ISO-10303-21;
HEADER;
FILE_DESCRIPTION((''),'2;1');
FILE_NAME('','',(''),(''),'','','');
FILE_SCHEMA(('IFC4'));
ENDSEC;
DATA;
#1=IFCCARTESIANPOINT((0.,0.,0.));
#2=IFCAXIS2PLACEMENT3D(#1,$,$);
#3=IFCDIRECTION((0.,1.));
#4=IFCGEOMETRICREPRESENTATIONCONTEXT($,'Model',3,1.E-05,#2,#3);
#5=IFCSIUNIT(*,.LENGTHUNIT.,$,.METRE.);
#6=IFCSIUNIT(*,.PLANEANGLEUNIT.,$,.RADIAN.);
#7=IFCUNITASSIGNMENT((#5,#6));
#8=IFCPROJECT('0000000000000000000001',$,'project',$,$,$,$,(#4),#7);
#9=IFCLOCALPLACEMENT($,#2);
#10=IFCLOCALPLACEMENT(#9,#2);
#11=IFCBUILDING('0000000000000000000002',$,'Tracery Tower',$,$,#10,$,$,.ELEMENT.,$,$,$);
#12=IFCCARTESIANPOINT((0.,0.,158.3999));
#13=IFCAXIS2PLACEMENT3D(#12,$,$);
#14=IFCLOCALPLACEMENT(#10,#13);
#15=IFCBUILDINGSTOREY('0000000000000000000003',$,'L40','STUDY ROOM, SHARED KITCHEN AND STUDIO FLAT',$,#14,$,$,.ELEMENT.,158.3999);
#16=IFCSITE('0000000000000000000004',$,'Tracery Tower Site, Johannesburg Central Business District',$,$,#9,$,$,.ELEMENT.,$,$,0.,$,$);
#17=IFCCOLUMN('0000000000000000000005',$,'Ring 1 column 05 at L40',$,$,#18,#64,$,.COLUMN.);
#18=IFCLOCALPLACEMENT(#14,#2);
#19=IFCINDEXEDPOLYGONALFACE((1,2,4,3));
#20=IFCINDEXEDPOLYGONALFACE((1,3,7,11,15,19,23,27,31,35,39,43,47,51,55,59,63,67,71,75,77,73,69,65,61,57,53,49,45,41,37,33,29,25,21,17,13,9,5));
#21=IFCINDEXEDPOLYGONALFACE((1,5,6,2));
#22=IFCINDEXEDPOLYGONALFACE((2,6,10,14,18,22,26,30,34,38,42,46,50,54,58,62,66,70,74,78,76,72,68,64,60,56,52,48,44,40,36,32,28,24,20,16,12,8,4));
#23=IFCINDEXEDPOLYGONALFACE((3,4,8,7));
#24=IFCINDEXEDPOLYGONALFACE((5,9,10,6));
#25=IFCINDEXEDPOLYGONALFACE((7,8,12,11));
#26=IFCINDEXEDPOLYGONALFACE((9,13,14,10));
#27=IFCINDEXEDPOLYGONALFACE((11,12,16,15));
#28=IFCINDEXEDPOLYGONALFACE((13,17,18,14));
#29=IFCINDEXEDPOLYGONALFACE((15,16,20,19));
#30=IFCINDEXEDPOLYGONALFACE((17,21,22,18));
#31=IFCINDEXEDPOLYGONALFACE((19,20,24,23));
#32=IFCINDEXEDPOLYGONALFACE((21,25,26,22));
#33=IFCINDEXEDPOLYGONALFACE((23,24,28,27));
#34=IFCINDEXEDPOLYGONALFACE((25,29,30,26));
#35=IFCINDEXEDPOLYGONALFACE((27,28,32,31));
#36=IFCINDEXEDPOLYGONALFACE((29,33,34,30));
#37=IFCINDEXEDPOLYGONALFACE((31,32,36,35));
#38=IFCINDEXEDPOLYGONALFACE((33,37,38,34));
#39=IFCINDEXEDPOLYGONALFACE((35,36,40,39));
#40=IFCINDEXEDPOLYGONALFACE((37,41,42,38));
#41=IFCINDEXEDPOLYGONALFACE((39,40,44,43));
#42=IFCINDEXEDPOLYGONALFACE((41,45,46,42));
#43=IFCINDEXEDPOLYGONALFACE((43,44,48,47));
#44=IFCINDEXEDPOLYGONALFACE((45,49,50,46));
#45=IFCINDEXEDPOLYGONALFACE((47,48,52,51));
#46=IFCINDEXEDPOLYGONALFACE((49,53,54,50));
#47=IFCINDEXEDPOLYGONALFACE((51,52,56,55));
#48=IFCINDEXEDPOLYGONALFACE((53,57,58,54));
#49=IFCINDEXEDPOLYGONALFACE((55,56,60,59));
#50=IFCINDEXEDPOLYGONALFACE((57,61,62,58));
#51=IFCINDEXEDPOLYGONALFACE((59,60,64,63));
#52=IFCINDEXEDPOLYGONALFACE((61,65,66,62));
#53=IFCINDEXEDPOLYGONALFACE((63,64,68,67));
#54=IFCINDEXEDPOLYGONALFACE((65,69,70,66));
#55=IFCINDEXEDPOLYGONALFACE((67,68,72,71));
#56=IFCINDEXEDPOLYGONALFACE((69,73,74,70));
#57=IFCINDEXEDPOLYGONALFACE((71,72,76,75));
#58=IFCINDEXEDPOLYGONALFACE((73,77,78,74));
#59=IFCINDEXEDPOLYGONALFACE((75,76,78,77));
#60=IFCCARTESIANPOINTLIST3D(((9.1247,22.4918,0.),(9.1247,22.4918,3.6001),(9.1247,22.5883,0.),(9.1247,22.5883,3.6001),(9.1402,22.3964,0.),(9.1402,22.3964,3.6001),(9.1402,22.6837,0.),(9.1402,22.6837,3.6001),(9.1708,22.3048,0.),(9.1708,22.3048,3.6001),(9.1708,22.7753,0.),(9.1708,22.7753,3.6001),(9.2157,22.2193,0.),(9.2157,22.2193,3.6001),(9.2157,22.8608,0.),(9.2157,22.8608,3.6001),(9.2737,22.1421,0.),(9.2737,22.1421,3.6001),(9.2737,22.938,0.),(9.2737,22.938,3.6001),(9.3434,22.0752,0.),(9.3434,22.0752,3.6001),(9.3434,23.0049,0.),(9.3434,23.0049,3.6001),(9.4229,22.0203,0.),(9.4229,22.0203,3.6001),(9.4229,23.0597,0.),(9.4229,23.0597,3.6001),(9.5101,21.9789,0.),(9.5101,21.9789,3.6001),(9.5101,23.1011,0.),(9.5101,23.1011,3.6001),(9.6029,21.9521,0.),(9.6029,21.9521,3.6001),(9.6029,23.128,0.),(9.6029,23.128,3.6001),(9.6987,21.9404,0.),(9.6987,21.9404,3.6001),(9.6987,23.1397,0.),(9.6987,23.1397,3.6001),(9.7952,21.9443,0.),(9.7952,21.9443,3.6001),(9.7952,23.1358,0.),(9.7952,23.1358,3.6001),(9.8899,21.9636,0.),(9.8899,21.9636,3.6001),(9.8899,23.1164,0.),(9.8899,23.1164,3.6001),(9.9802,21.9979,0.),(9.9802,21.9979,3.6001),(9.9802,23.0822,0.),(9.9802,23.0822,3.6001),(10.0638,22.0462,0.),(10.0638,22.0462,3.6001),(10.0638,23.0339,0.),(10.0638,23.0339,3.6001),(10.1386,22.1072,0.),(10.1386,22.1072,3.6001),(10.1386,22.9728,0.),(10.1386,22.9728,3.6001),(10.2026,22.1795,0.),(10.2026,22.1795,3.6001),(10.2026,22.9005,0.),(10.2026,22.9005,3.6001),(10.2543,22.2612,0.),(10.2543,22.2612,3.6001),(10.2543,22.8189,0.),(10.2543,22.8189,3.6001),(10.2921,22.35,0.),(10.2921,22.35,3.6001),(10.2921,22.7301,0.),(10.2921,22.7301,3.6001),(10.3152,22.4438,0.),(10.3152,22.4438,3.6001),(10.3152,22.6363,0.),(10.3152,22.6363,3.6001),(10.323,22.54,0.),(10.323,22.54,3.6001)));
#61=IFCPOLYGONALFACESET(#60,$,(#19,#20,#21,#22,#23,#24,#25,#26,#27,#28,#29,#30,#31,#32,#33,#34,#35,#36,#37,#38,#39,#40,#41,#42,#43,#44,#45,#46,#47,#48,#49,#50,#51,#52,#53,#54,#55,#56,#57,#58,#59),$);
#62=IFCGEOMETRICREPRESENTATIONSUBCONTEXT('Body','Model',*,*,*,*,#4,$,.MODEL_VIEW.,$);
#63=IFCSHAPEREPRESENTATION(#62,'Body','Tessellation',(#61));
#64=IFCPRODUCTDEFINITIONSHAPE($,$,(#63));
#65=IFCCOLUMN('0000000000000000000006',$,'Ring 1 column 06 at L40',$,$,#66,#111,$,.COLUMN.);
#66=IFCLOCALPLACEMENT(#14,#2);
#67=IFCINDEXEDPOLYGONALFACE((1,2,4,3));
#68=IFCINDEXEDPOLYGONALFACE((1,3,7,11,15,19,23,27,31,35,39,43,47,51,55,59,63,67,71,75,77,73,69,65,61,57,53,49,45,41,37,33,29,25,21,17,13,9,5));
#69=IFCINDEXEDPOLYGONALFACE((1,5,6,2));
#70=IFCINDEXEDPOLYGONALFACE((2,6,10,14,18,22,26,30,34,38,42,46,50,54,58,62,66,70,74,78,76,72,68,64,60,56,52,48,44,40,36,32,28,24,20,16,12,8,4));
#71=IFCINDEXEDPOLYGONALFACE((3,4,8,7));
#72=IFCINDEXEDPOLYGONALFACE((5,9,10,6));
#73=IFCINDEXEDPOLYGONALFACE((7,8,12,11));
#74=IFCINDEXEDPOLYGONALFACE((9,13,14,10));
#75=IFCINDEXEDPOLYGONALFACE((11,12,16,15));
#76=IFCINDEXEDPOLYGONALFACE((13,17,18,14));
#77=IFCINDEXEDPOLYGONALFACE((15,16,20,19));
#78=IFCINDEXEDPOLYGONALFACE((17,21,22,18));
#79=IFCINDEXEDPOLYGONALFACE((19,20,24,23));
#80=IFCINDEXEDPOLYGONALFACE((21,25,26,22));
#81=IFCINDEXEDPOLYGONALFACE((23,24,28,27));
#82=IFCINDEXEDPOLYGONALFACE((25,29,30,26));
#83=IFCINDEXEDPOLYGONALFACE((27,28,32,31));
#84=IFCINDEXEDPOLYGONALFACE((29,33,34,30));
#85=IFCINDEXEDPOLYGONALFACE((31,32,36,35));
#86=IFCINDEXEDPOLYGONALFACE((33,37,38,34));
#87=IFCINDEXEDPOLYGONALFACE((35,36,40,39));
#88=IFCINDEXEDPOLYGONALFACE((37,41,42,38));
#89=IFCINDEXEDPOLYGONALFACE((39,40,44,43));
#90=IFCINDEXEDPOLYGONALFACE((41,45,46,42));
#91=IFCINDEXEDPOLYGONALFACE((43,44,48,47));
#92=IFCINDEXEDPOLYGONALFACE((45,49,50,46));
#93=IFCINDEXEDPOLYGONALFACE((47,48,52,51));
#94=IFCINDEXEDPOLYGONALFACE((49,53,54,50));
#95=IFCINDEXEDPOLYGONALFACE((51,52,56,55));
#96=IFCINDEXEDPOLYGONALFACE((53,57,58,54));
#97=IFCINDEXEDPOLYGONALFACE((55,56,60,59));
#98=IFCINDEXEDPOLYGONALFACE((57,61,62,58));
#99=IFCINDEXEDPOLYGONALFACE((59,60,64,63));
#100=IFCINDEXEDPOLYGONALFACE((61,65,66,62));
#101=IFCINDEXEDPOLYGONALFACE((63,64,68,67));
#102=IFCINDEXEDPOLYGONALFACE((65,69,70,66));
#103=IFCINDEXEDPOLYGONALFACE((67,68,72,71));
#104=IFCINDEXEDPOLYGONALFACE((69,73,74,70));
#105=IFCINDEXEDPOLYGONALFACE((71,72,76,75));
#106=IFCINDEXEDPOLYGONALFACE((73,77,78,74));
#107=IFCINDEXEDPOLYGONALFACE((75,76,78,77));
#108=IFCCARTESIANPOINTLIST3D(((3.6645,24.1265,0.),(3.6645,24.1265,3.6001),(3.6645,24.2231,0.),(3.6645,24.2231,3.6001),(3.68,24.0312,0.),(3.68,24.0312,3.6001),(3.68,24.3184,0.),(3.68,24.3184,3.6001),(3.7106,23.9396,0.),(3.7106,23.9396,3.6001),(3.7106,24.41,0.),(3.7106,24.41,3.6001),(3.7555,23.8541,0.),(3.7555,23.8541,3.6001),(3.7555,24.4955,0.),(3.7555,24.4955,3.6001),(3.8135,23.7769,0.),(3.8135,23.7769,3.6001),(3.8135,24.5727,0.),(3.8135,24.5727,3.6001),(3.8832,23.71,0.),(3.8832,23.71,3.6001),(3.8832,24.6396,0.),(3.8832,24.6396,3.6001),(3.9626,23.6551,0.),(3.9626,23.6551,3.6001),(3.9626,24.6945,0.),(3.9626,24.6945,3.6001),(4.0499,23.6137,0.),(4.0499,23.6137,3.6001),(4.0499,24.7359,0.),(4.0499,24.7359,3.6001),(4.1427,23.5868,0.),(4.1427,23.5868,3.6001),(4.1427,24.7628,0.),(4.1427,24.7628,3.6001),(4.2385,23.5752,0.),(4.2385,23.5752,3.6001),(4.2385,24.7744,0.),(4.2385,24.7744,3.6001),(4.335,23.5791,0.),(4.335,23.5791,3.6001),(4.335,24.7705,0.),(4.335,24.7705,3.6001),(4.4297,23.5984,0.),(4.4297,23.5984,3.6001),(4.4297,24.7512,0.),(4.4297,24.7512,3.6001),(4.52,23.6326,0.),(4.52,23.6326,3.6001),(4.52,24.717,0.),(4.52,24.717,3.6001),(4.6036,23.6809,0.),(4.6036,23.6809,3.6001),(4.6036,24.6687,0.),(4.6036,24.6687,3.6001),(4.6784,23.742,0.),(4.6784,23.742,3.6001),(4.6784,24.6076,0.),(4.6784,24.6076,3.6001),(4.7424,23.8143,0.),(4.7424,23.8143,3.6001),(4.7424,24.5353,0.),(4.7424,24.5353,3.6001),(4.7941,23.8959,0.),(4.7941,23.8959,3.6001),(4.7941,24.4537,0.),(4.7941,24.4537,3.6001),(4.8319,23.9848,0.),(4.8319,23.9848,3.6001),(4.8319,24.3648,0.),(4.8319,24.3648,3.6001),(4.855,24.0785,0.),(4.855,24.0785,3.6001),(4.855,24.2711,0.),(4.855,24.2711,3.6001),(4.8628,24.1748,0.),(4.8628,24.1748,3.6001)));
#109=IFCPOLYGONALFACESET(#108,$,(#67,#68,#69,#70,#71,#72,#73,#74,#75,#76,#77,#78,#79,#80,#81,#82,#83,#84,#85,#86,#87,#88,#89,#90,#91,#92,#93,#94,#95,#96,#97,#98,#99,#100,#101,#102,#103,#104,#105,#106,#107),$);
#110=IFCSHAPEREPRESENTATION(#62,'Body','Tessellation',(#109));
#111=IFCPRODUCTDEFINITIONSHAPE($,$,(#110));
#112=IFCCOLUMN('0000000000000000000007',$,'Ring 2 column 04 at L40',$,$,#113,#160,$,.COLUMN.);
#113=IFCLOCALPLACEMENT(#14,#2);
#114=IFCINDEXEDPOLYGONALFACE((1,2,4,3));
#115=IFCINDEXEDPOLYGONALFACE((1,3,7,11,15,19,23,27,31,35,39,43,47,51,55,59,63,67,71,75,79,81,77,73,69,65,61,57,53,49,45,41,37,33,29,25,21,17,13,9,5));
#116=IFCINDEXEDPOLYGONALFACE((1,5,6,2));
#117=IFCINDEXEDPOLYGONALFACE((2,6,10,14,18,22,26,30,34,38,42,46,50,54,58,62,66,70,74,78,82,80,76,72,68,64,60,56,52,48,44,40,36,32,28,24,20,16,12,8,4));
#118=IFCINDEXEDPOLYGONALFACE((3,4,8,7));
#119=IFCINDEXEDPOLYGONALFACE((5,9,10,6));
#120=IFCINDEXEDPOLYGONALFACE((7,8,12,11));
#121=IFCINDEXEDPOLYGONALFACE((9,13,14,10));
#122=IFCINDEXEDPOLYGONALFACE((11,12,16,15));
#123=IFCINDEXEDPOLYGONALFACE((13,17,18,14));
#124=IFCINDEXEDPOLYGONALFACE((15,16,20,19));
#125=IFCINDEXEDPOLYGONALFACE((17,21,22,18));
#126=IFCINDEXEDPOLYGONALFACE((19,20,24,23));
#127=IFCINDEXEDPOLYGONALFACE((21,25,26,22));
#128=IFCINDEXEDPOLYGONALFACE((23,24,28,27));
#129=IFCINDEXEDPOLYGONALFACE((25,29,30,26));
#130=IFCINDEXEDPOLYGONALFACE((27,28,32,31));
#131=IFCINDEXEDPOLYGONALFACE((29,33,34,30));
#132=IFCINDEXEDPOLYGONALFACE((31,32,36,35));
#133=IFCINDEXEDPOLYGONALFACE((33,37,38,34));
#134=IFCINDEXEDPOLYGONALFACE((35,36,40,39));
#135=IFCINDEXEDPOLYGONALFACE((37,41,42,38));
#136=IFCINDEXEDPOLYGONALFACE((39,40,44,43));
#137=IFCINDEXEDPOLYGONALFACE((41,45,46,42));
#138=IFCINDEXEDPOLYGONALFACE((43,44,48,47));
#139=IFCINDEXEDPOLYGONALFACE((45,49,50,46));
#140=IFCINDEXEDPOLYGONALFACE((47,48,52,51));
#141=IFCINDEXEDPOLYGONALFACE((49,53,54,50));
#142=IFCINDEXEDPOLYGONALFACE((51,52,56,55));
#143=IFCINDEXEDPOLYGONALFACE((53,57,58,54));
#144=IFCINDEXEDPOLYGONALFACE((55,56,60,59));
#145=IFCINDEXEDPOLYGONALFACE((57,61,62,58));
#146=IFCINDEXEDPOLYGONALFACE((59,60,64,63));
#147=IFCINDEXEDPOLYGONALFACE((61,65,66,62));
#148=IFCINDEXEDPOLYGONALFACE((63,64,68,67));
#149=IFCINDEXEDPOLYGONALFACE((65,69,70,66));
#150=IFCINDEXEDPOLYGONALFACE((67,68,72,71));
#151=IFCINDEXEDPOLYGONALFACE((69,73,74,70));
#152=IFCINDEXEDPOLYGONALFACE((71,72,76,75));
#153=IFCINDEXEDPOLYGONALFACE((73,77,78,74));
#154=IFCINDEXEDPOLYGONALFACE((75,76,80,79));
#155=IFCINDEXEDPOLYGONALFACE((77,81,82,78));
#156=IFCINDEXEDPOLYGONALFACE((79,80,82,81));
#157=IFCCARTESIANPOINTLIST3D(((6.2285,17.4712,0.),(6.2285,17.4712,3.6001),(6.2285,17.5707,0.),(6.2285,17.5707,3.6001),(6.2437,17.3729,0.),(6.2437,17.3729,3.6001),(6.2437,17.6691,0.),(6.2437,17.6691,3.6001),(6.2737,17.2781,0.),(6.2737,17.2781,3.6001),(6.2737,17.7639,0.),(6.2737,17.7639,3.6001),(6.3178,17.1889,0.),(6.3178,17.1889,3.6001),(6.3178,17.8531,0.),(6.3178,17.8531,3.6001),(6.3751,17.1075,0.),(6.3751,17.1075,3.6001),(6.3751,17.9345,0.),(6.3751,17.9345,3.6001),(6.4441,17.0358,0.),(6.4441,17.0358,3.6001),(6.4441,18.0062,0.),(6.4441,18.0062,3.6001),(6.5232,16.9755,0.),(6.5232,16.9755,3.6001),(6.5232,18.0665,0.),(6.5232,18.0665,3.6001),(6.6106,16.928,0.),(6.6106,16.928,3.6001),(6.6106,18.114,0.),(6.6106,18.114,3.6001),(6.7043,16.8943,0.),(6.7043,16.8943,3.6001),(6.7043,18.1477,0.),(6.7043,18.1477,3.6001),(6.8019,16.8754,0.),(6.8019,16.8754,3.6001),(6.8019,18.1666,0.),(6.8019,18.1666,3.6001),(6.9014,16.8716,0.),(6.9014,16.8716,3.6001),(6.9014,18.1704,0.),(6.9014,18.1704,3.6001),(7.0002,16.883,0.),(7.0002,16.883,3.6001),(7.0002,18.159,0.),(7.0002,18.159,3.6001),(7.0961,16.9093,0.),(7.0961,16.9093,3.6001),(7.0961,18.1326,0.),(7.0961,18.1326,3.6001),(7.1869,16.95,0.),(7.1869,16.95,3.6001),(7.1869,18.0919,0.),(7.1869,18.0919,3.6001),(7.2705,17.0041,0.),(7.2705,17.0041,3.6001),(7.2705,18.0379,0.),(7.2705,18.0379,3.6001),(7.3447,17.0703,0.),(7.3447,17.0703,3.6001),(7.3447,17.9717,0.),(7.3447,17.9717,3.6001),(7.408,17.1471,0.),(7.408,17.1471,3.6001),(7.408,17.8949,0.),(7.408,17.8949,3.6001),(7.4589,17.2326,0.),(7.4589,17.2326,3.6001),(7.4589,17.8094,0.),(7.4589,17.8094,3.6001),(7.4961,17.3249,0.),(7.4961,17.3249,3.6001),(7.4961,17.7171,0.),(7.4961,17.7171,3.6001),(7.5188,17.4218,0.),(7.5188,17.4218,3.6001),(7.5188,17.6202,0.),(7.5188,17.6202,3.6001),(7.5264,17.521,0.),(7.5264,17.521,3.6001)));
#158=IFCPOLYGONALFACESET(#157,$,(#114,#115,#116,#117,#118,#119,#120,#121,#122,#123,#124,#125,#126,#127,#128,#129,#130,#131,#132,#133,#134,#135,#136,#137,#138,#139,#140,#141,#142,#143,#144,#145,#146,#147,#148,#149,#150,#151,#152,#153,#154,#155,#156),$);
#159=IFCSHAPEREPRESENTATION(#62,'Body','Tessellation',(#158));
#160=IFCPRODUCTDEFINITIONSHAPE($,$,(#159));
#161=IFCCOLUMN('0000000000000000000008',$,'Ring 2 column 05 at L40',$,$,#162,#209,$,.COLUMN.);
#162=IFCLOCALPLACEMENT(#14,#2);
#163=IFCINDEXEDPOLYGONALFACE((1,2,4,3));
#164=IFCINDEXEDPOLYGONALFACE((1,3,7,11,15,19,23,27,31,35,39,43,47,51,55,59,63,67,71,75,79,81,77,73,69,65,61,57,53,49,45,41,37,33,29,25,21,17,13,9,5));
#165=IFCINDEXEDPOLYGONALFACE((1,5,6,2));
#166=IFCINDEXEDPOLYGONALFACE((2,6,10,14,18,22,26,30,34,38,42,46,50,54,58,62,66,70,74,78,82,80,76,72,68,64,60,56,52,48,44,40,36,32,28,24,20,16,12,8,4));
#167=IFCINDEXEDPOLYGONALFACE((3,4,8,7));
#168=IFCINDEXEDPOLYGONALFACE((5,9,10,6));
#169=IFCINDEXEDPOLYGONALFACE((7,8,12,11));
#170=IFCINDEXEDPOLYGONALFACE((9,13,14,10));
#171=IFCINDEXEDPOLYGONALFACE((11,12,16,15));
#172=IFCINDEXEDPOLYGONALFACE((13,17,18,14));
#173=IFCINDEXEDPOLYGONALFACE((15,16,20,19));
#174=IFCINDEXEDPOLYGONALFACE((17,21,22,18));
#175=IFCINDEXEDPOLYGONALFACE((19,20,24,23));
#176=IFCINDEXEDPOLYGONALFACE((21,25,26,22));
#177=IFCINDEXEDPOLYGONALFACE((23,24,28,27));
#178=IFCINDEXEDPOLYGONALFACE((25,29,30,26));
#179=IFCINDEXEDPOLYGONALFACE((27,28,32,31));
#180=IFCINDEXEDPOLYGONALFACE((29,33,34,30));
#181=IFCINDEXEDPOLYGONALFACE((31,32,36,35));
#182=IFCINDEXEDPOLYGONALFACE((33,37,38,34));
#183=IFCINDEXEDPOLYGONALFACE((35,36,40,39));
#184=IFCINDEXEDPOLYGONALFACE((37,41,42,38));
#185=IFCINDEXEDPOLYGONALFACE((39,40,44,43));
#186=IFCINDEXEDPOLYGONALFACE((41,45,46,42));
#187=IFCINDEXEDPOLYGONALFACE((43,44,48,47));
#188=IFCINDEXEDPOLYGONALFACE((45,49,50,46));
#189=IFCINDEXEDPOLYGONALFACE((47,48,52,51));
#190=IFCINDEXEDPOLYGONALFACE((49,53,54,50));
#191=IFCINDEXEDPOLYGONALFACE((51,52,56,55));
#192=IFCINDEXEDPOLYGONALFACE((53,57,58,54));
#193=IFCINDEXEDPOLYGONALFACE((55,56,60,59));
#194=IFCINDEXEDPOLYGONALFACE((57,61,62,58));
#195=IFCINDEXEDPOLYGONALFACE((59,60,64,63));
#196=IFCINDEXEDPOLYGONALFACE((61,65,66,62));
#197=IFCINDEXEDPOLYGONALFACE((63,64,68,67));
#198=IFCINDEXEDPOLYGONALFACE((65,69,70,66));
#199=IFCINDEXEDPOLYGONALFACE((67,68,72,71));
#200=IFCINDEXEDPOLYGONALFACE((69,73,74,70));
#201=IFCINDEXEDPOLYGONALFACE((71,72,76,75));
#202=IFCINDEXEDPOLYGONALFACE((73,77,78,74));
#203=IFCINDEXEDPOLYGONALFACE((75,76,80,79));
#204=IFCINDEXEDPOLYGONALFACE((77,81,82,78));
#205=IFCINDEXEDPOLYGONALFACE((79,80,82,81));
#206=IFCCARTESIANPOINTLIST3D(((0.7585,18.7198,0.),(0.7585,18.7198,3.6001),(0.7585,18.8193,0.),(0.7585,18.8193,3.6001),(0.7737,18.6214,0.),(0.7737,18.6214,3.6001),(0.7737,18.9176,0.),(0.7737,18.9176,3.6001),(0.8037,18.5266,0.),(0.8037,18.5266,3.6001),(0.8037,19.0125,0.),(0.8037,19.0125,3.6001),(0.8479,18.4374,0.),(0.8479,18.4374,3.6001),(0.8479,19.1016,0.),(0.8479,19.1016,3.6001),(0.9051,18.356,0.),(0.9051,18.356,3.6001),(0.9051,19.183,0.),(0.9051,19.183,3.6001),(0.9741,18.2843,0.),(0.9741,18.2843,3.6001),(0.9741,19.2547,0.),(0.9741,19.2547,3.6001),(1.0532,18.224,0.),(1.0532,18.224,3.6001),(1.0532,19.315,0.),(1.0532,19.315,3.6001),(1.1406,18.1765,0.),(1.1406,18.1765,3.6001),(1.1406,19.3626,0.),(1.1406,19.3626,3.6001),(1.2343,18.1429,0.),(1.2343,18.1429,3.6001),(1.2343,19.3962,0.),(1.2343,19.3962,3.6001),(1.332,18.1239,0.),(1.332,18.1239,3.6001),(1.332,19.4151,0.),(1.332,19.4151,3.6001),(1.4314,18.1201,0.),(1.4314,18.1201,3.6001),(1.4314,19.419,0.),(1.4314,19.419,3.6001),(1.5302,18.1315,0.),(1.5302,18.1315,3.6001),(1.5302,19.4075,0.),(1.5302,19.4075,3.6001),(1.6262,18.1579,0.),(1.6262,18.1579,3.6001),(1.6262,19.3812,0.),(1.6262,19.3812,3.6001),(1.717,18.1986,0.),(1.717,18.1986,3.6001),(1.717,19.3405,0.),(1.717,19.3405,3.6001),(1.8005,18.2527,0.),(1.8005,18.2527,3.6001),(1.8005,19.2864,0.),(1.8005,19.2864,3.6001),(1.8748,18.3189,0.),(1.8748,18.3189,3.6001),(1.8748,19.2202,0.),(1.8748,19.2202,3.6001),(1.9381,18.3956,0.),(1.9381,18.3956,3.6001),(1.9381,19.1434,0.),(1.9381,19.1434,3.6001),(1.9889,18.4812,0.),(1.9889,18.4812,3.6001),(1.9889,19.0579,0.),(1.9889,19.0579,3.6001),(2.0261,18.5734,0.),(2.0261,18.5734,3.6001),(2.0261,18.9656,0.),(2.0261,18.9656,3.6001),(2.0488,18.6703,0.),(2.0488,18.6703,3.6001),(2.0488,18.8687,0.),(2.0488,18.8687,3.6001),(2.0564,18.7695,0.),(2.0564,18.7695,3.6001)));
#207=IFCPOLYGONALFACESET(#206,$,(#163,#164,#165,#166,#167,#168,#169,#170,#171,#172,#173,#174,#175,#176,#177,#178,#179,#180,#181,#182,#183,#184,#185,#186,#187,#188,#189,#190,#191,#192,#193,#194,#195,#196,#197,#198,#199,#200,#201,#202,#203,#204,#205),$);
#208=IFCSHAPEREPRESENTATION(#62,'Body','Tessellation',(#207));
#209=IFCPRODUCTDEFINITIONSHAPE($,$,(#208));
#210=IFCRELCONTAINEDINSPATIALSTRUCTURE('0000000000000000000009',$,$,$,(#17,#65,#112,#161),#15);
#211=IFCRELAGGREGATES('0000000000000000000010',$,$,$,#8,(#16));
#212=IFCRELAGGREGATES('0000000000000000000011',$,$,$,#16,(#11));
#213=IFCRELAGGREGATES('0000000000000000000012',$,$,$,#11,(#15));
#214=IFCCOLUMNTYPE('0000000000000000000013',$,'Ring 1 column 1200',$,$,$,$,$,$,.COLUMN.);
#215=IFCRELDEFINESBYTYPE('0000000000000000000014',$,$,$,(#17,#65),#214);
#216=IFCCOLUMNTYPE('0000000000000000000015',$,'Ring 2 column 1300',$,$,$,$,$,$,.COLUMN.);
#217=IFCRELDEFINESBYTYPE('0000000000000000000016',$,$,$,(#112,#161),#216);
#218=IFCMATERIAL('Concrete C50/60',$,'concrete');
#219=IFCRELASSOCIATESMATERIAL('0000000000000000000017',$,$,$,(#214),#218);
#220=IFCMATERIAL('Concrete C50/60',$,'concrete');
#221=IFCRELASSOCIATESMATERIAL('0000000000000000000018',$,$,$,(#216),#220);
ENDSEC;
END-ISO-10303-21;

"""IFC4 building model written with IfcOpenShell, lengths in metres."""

from ifc_helpers import new_model, si_unit, direction, frame, origin, origin_2d, place, context, subcontext, project, spatial, circle, extrude, material, material_profile, profile_set, type_object, element, save


model = new_model("IFC4")

# Units and contexts
model_context = context("Model", 3, precision=1e-05, world=origin(), true_north=direction((0.0, 1.0)))
body_context = subcontext(model_context, "Body", "Model", "MODEL_VIEW")
ifc_project = project(units=[si_unit("LENGTHUNIT", "METRE"), si_unit("PLANEANGLEUNIT", "RADIAN")], contexts=[model_context])

# Site, building, storey
site_placement = place(None, origin())
site = spatial("IfcSite", under=ifc_project, at=site_placement, Name="Tracery Tower Site, Johannesburg Central Business District", CompositionType="ELEMENT", RefElevation=0.0)
building_placement = place(site_placement, origin())
building = spatial("IfcBuilding", under=site, at=building_placement, Name="Tracery Tower", CompositionType="ELEMENT")
storey_placement = place(building_placement, frame((0.0, 0.0, 158.3999)))
storey = spatial("IfcBuildingStorey", under=building, at=storey_placement, Name="L40", Description="STUDY ROOM, SHARED KITCHEN AND STUDIO FLAT", CompositionType="ELEMENT", Elevation=158.3999)

# Columns
ifc_material_1 = material(Name="Concrete C50/60", Category="concrete")
ifc_material_profile_1 = material_profile(ifc_material_1, circle(Radius=0.6001, at=origin_2d()), Name="RC D1200")
ifc_profile_set_1 = profile_set([ifc_material_profile_1], Name="Concrete C50/60")
column_type_1 = type_object("IfcColumnType", Name="Ring 1 column 1200", PredefinedType="COLUMN", material=ifc_profile_set_1)
for number, where, z_axis, x_axis, name in (
    (1, (9.7229, 22.54, 0.0), (0.0, 0.0, 1.0), (1.0, 0.0, 0.0), "Ring 1 column 05 at L40"),
    (2, (4.2627, 24.1748, 0.0), (0.0, 0.0, 1.0), (1.0, 0.0, 0.0), "Ring 1 column 06 at L40"),
):
    element("IfcColumn", number, at=place(storey_placement, frame(where, z_axis=z_axis, x_axis=x_axis)), inside=storey, type_object=column_type_1, Name=name, PredefinedType="COLUMN", context=body_context, shape_type="SweptSolid", body=[
        extrude(circle(Radius=0.6001, at=origin_2d()), origin(), (0.0, 0.0, 1.0), 3.6001),
    ])
ifc_material_2 = material(Name="Concrete C50/60", Category="concrete")
ifc_material_profile_2 = material_profile(ifc_material_2, circle(Radius=0.6499, at=origin_2d()), Name="RC D1300")
ifc_profile_set_2 = profile_set([ifc_material_profile_2], Name="Concrete C50/60")
column_type_2 = type_object("IfcColumnType", Name="Ring 2 column 1300", PredefinedType="COLUMN", material=ifc_profile_set_2)
for number, where, z_axis, x_axis, name in (
    (3, (6.8765, 17.521, 0.0), (0.0, 0.0, 1.0), (1.0, 0.0, 0.0), "Ring 2 column 04 at L40"),
    (4, (1.4065, 18.7695, 0.0), (0.0, 0.0, 1.0), (1.0, 0.0, 0.0), "Ring 2 column 05 at L40"),
):
    element("IfcColumn", number, at=place(storey_placement, frame(where, z_axis=z_axis, x_axis=x_axis)), inside=storey, type_object=column_type_2, Name=name, PredefinedType="COLUMN", context=body_context, shape_type="SweptSolid", body=[
        extrude(circle(Radius=0.6499, at=origin_2d()), origin(), (0.0, 0.0, 1.0), 3.6001),
    ])

save(model, "model.ifc")
